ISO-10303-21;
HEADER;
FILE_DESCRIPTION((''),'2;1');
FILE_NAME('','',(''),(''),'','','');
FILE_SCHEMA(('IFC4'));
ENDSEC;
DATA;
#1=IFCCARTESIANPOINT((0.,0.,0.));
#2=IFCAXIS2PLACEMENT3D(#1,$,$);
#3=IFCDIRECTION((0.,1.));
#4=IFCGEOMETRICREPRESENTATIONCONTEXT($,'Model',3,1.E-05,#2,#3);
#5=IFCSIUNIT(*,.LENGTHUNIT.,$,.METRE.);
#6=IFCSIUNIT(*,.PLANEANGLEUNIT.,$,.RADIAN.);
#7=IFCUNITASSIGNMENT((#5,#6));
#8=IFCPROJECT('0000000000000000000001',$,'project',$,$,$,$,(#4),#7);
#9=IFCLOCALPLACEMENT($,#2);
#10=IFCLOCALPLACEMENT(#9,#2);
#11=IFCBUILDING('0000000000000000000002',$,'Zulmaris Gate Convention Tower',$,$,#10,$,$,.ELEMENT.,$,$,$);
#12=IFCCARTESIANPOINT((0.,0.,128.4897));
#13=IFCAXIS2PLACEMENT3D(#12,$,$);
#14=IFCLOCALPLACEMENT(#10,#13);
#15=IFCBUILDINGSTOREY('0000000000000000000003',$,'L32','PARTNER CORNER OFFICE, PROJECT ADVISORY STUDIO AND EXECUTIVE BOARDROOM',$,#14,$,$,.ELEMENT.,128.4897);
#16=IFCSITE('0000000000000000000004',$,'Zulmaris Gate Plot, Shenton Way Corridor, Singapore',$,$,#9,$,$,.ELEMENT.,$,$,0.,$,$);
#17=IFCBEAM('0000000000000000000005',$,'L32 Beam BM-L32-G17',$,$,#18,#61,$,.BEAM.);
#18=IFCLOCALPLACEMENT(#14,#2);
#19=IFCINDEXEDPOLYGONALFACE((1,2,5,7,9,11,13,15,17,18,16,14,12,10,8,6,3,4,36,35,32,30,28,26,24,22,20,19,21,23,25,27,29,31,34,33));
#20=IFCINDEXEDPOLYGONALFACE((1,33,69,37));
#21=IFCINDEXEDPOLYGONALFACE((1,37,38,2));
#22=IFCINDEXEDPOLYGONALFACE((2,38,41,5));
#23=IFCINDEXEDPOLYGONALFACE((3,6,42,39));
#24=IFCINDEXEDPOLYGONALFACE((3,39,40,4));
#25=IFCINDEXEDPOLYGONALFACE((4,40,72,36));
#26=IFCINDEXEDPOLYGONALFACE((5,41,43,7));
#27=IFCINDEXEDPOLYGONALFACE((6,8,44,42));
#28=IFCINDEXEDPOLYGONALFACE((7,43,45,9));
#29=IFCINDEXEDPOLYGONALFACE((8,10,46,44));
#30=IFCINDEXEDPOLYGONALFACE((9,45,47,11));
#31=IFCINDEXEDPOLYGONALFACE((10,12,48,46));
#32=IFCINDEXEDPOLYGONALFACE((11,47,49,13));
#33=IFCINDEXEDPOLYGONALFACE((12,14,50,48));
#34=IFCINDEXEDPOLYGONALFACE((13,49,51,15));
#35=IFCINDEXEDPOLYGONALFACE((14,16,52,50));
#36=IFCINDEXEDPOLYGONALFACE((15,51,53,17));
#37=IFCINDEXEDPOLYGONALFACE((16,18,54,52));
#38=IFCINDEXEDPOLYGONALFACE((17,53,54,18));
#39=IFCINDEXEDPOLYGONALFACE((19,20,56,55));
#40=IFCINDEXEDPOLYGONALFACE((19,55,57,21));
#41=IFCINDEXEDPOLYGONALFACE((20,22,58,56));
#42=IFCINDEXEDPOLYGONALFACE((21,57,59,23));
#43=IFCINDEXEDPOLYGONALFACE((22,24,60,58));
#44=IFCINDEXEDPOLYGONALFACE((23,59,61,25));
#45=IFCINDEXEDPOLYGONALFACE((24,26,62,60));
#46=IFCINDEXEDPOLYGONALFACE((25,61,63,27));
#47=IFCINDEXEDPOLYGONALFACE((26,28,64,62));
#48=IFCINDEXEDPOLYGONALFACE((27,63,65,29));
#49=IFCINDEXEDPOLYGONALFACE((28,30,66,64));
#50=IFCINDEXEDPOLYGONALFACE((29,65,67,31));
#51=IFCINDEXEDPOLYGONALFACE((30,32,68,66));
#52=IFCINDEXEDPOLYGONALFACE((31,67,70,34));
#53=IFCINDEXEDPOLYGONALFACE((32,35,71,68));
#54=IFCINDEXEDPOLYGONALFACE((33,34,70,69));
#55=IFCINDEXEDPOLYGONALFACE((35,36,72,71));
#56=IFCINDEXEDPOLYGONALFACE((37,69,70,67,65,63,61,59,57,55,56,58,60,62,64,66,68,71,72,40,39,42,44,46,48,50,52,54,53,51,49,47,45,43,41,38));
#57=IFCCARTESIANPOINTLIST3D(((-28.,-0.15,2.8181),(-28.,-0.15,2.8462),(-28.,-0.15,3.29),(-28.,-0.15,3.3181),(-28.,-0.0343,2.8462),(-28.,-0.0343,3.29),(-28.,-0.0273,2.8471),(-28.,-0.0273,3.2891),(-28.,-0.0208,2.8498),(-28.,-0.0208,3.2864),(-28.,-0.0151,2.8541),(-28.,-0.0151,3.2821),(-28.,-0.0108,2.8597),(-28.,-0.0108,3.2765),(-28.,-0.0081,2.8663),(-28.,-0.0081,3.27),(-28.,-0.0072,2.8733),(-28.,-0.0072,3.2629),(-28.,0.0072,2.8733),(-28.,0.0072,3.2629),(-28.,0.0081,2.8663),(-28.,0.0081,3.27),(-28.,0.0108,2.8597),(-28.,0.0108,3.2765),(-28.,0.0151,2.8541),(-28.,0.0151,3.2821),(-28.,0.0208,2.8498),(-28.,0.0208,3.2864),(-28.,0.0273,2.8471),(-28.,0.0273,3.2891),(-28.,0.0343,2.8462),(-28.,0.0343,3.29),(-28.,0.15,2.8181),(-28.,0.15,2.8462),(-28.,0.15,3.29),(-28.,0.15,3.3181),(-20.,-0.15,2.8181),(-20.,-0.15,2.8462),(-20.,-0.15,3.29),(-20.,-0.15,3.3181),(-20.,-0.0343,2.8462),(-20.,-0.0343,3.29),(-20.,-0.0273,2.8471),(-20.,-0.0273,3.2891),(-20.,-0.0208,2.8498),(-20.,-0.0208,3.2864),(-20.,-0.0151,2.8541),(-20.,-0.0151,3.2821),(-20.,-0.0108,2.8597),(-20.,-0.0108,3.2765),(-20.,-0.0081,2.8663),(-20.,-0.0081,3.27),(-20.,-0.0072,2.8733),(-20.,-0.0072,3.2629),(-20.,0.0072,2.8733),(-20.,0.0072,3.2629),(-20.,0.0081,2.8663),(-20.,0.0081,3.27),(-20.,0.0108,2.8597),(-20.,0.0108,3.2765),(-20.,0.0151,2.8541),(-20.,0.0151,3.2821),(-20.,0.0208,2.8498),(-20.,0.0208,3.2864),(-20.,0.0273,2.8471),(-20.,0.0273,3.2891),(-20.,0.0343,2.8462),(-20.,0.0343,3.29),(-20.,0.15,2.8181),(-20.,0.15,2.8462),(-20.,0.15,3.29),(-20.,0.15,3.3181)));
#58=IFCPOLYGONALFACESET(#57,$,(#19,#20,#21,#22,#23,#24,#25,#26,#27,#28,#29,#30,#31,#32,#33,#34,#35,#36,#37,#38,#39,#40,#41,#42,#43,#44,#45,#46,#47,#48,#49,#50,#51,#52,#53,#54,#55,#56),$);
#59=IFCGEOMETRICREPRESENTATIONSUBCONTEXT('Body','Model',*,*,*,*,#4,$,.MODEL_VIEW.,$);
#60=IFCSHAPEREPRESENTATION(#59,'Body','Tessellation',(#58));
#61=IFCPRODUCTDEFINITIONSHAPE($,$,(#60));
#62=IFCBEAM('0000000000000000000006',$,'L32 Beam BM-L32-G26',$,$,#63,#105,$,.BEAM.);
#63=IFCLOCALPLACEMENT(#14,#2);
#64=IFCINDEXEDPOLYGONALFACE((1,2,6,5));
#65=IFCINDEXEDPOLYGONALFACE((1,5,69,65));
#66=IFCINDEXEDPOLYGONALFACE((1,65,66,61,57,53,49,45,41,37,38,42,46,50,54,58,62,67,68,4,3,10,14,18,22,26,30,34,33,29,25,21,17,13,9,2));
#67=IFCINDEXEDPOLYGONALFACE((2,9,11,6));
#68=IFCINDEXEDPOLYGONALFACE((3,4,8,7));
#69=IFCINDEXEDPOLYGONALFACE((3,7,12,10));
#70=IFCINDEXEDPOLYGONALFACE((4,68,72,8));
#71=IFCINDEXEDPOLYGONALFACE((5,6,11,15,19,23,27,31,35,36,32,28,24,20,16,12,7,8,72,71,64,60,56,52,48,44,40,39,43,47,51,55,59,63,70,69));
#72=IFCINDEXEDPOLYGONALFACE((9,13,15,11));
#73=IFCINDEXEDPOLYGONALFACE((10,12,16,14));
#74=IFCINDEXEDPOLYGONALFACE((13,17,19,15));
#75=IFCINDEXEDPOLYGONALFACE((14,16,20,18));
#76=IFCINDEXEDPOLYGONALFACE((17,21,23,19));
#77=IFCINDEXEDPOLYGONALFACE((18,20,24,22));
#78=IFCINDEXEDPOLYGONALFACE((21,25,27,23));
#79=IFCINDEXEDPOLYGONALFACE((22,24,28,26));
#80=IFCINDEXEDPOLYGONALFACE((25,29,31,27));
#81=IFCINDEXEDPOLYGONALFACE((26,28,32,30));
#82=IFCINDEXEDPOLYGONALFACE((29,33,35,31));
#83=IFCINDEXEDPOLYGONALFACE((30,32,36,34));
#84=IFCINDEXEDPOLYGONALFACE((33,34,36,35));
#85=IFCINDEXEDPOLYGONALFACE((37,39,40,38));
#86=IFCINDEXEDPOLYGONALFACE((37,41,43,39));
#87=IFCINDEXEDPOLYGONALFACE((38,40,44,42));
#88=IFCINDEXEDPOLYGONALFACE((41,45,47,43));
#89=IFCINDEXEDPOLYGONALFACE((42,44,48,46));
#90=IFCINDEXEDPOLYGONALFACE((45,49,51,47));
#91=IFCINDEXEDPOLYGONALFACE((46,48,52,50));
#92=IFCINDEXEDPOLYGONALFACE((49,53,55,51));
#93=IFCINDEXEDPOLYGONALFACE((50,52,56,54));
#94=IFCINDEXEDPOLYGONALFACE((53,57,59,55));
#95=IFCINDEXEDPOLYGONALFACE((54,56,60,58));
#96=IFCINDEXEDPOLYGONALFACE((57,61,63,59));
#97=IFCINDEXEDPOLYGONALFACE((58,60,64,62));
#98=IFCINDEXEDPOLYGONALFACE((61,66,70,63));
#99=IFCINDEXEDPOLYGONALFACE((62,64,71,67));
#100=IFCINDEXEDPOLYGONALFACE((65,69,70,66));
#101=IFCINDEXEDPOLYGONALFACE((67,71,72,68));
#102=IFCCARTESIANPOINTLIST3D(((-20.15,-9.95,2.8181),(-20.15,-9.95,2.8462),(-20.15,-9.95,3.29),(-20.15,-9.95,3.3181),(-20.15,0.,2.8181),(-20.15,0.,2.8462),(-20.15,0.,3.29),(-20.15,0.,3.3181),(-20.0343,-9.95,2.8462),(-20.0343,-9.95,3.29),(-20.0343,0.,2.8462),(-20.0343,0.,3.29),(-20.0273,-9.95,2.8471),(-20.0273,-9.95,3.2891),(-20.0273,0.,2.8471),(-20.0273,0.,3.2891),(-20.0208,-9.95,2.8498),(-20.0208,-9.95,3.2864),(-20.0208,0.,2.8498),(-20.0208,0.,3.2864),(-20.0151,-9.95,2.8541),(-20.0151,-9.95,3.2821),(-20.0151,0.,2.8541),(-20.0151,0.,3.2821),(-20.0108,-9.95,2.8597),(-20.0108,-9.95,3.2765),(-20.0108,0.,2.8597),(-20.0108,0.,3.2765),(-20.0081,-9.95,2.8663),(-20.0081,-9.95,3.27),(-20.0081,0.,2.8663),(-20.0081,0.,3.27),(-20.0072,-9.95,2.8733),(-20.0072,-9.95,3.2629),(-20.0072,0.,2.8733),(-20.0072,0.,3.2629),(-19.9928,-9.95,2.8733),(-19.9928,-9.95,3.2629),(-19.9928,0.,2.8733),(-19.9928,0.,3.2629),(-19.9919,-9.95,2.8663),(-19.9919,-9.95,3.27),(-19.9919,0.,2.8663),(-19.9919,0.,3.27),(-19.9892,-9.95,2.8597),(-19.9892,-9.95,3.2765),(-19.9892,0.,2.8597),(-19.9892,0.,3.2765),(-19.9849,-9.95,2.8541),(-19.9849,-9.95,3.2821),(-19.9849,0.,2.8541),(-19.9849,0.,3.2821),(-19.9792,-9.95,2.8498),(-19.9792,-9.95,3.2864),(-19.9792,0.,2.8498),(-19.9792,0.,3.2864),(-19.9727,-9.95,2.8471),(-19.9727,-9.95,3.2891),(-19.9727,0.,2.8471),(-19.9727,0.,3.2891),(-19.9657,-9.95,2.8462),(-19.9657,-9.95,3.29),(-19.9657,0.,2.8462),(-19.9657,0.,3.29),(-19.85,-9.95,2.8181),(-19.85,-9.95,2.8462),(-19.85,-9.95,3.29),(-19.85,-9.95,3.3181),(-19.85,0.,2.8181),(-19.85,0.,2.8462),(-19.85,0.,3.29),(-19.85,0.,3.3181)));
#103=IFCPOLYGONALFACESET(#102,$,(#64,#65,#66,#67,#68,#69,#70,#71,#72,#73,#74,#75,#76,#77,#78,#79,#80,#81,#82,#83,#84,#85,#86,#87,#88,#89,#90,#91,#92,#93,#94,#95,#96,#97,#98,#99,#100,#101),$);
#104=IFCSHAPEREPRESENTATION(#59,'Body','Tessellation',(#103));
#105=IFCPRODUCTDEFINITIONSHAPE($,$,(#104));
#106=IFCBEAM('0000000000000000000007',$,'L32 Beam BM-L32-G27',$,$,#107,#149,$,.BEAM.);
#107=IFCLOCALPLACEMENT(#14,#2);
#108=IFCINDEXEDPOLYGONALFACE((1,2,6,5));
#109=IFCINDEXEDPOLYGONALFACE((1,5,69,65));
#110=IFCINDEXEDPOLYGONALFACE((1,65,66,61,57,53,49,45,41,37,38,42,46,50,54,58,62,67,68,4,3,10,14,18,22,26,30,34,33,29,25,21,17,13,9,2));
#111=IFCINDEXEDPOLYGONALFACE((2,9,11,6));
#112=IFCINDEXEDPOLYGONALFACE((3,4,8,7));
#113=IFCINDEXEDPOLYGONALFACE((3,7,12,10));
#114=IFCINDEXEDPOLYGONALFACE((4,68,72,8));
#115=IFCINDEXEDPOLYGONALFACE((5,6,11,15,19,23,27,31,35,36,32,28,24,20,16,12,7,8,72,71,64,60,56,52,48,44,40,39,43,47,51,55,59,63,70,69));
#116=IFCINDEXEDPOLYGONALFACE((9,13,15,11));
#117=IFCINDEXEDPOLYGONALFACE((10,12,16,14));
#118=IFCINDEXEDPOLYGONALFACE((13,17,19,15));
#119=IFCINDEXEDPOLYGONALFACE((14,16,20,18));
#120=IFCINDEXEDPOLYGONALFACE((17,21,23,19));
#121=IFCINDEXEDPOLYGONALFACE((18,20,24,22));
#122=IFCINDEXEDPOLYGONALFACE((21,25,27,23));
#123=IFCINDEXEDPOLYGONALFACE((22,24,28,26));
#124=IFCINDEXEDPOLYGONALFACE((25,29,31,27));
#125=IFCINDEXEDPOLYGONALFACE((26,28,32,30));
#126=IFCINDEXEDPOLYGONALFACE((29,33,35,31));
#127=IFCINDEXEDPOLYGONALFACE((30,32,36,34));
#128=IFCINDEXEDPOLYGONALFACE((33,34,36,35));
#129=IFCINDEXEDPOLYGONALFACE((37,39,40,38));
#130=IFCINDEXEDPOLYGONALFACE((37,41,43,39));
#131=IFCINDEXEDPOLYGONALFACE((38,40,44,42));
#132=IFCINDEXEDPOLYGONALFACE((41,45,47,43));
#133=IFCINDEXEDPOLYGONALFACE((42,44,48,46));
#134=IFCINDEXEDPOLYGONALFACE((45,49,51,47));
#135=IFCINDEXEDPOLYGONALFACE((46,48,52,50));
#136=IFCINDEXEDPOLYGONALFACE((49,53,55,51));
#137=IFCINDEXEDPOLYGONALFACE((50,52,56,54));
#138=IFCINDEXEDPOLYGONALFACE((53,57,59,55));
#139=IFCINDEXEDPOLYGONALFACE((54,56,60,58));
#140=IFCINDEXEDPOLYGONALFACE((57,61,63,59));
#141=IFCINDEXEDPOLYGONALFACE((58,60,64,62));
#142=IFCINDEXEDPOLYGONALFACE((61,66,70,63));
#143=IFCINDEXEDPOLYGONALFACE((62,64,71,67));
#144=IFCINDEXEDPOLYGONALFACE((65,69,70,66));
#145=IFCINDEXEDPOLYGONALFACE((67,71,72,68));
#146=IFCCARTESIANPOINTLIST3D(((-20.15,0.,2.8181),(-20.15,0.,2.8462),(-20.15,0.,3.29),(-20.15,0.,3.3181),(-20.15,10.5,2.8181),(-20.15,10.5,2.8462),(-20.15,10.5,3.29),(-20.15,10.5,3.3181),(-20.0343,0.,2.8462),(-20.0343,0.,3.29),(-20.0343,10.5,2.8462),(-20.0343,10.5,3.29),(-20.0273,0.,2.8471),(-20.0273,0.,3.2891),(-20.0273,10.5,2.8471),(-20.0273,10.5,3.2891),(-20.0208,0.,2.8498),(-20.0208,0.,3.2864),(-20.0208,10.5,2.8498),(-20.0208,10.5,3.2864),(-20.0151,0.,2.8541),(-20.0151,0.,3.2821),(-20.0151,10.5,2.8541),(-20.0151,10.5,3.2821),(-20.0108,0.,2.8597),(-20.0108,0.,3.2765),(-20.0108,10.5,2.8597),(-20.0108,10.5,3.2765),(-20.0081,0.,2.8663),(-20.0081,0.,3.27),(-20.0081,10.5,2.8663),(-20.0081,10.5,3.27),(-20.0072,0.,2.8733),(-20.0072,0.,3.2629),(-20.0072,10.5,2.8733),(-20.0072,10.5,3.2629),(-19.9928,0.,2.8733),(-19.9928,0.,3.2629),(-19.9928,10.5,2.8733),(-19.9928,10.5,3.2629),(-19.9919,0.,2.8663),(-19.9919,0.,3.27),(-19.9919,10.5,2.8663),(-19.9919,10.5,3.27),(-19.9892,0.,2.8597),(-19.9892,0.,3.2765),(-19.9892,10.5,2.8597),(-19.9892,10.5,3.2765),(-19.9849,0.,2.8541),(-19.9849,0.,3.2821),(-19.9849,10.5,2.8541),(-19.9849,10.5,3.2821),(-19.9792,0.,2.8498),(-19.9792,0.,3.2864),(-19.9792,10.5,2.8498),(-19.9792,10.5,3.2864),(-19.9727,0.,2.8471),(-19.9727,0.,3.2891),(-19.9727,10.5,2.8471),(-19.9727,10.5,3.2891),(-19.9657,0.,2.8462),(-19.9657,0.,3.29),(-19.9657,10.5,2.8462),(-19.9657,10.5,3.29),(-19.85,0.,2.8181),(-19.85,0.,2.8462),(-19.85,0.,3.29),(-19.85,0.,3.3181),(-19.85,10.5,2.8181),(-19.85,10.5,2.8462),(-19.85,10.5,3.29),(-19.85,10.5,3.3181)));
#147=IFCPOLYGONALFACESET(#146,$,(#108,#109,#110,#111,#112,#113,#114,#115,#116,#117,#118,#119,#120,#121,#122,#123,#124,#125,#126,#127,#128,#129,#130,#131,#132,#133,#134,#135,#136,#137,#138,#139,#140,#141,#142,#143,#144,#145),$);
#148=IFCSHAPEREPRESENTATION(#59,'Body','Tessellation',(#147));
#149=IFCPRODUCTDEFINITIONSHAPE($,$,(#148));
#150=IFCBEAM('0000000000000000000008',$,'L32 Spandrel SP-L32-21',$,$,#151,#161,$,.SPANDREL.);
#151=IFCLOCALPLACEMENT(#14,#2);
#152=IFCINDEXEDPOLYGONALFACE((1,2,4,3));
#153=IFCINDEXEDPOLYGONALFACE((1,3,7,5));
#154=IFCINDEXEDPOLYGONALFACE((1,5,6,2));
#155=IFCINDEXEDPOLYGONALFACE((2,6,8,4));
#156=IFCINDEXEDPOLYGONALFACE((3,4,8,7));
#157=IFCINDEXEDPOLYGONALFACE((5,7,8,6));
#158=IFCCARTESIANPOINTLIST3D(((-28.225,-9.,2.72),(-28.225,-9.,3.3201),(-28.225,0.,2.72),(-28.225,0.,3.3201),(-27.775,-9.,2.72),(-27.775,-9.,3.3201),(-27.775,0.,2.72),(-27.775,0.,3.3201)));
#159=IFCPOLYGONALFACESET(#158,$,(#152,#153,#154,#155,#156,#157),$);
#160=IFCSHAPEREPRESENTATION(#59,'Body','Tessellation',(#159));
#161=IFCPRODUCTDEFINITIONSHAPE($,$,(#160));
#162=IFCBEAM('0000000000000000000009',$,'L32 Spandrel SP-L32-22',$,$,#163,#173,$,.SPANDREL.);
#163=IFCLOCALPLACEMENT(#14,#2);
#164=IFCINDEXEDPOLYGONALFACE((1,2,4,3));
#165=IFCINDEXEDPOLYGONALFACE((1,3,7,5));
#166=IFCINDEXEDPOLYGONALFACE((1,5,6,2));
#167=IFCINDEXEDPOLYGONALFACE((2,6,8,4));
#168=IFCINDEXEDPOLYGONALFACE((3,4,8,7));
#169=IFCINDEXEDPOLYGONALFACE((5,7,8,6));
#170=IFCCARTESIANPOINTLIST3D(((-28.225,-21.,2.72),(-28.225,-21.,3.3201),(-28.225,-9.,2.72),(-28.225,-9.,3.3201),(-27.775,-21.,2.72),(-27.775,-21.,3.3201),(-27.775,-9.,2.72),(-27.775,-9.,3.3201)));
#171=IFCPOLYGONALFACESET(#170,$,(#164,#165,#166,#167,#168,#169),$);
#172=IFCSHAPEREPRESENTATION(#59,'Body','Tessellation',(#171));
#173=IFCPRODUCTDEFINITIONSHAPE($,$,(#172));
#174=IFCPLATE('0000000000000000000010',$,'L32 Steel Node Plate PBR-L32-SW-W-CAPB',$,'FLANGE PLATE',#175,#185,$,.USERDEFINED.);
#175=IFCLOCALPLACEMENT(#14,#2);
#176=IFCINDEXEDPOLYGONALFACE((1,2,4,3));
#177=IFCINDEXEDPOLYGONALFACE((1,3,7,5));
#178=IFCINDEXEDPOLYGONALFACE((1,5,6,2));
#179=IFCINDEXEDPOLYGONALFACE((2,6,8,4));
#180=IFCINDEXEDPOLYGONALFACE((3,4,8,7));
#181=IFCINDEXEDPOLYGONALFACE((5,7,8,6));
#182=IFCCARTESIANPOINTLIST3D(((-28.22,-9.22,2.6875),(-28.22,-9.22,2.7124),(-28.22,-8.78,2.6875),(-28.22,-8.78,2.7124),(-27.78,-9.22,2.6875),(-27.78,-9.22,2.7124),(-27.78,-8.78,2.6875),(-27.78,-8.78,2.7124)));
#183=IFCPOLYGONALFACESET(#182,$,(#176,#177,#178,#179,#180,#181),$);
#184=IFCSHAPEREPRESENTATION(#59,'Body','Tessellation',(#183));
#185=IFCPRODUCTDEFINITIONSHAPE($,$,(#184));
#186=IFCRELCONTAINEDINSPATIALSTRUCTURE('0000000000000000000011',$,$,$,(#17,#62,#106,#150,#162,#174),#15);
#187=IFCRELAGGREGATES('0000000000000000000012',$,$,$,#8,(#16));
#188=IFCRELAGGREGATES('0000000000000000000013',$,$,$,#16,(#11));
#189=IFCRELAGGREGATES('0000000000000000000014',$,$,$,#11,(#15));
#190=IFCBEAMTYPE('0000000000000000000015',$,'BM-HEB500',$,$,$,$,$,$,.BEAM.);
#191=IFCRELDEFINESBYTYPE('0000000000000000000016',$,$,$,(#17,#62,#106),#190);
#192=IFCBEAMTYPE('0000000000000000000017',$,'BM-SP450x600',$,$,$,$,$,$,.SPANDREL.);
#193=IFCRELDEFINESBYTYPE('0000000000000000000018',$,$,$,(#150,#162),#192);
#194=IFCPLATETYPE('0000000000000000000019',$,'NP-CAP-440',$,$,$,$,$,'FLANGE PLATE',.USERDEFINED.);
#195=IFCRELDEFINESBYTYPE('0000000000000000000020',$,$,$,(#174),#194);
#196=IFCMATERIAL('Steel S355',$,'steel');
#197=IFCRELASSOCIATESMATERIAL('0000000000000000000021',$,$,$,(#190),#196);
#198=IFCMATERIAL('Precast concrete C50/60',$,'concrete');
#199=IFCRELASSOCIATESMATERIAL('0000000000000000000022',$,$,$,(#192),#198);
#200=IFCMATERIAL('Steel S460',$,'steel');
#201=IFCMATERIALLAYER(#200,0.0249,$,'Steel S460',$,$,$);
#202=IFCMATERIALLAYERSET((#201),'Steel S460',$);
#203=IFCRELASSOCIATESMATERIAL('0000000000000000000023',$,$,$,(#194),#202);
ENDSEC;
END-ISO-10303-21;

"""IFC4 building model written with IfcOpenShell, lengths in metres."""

from ifc_helpers import new_model, si_unit, direction, frame, origin, origin_2d, place, context, subcontext, project, spatial, rectangle, i_section, extrude, material, layer, layer_set, material_profile, profile_set, type_object, element, save


model = new_model("IFC4")

# Units and contexts
model_context = context("Model", 3, precision=1e-05, world=origin(), true_north=direction((0.0, 1.0)))
body_context = subcontext(model_context, "Body", "Model", "MODEL_VIEW")
ifc_project = project(units=[si_unit("LENGTHUNIT", "METRE"), si_unit("PLANEANGLEUNIT", "RADIAN")], contexts=[model_context])

# Site, building, storey
site_placement = place(None, origin())
site = spatial("IfcSite", under=ifc_project, at=site_placement, Name="Zulmaris Gate Plot, Shenton Way Corridor, Singapore", CompositionType="ELEMENT", RefElevation=0.0)
building_placement = place(site_placement, origin())
building = spatial("IfcBuilding", under=site, at=building_placement, Name="Zulmaris Gate Convention Tower", CompositionType="ELEMENT")
storey_placement = place(building_placement, frame((0.0, 0.0, 128.4897)))
storey = spatial("IfcBuildingStorey", under=building, at=storey_placement, Name="L32", Description="PARTNER CORNER OFFICE, PROJECT ADVISORY STUDIO AND EXECUTIVE BOARDROOM", CompositionType="ELEMENT", Elevation=128.4897)

# Beams
ifc_material_1 = material(Name="Steel S355", Category="steel")
ifc_material_profile_1 = material_profile(ifc_material_1, i_section(OverallWidth=0.3, OverallDepth=0.5, WebThickness=0.0144, FlangeThickness=0.0281, FilletRadius=0.0271, at=origin_2d()), Name="HEB 500")
ifc_profile_set_1 = profile_set([ifc_material_profile_1], Name="Steel S355")
beam_type_1 = type_object("IfcBeamType", Name="BM-HEB500", PredefinedType="BEAM", material=ifc_profile_set_1)
for number, where, z_axis, x_axis, name in (
    (1, (-28.0, 0.0, 3.0681), (1.0, 0.0, 0.0), (0.0, 1.0, 0.0), "L32 Beam BM-L32-G17"),
):
    element("IfcBeam", number, at=place(storey_placement, frame(where, z_axis=z_axis, x_axis=x_axis)), inside=storey, type_object=beam_type_1, Name=name, PredefinedType="BEAM", context=body_context, shape_type="SweptSolid", body=[
        extrude(i_section(OverallWidth=0.3, OverallDepth=0.5, WebThickness=0.0144, FlangeThickness=0.0281, FilletRadius=0.0271, at=origin_2d()), origin(), (0.0, 0.0, 1.0), 8.0),
    ])
beam_1_placement = place(storey_placement, frame((-20.0, -9.95, 3.0681), z_axis=(0.0, 1.0, 0.0), x_axis=(-1.0, 0.0, 0.0)))
element("IfcBeam", 2, at=beam_1_placement, inside=storey, type_object=beam_type_1, Name="L32 Beam BM-L32-G26", PredefinedType="BEAM", context=body_context, shape_type="SweptSolid", body=[
    extrude(i_section(OverallWidth=0.3, OverallDepth=0.5, WebThickness=0.0144, FlangeThickness=0.0281, FilletRadius=0.0271, at=origin_2d()), origin(), (0.0, 0.0, 1.0), 9.95),
])
beam_2_placement = place(storey_placement, frame((-20.0, 0.0, 3.0681), z_axis=(0.0, 1.0, 0.0), x_axis=(-1.0, 0.0, 0.0)))
element("IfcBeam", 3, at=beam_2_placement, inside=storey, type_object=beam_type_1, Name="L32 Beam BM-L32-G27", PredefinedType="BEAM", context=body_context, shape_type="SweptSolid", body=[
    extrude(i_section(OverallWidth=0.3, OverallDepth=0.5, WebThickness=0.0144, FlangeThickness=0.0281, FilletRadius=0.0271, at=origin_2d()), origin(), (0.0, 0.0, 1.0), 10.5),
])
ifc_material_2 = material(Name="Precast concrete C50/60", Category="concrete")
ifc_material_profile_2 = material_profile(ifc_material_2, rectangle(XDim=0.45, YDim=0.6001, at=origin_2d()), Name="RC SPANDREL 450x600")
ifc_profile_set_2 = profile_set([ifc_material_profile_2], Name="Precast concrete C50/60")
beam_type_2 = type_object("IfcBeamType", Name="BM-SP450x600", PredefinedType="SPANDREL", material=ifc_profile_set_2)
beam_3_placement = place(storey_placement, frame((-28.0, 0.0, 3.02), z_axis=(0.0, -1.0, 0.0), x_axis=(1.0, 0.0, 0.0)))
element("IfcBeam", 4, at=beam_3_placement, inside=storey, type_object=beam_type_2, Name="L32 Spandrel SP-L32-21", PredefinedType="SPANDREL", context=body_context, shape_type="SweptSolid", body=[
    extrude(rectangle(XDim=0.45, YDim=0.6001, at=origin_2d()), origin(), (0.0, 0.0, 1.0), 9.0),
])
beam_4_placement = place(storey_placement, frame((-28.0, -9.0, 3.02), z_axis=(0.0, -1.0, 0.0), x_axis=(1.0, 0.0, 0.0)))
element("IfcBeam", 5, at=beam_4_placement, inside=storey, type_object=beam_type_2, Name="L32 Spandrel SP-L32-22", PredefinedType="SPANDREL", context=body_context, shape_type="SweptSolid", body=[
    extrude(rectangle(XDim=0.45, YDim=0.6001, at=origin_2d()), origin(), (0.0, 0.0, 1.0), 12.0),
])

# Plate
ifc_material_3 = material(Name="Steel S460", Category="steel")
ifc_layer_1 = layer(ifc_material_3, 0.0249, Name="Steel S460")
ifc_layer_set_1 = layer_set([ifc_layer_1], Name="Steel S460")
plate_type = type_object("IfcPlateType", Name="NP-CAP-440", ElementType="FLANGE PLATE", PredefinedType="USERDEFINED", material=ifc_layer_set_1)
plate_placement = place(storey_placement, frame((-28.0, -9.0, 2.6875), z_axis=(0.0, 0.0, 1.0), x_axis=(1.0, 0.0, 0.0)))
element("IfcPlate", 6, at=plate_placement, inside=storey, type_object=plate_type, Name="L32 Steel Node Plate PBR-L32-SW-W-CAPB", ObjectType="FLANGE PLATE", PredefinedType="USERDEFINED", context=body_context, shape_type="SweptSolid", body=[
    extrude(rectangle(XDim=0.4399, YDim=0.4399, at=origin_2d()), origin(), (0.0, 0.0, 1.0), 0.0249),
])

save(model, "model.ifc")
